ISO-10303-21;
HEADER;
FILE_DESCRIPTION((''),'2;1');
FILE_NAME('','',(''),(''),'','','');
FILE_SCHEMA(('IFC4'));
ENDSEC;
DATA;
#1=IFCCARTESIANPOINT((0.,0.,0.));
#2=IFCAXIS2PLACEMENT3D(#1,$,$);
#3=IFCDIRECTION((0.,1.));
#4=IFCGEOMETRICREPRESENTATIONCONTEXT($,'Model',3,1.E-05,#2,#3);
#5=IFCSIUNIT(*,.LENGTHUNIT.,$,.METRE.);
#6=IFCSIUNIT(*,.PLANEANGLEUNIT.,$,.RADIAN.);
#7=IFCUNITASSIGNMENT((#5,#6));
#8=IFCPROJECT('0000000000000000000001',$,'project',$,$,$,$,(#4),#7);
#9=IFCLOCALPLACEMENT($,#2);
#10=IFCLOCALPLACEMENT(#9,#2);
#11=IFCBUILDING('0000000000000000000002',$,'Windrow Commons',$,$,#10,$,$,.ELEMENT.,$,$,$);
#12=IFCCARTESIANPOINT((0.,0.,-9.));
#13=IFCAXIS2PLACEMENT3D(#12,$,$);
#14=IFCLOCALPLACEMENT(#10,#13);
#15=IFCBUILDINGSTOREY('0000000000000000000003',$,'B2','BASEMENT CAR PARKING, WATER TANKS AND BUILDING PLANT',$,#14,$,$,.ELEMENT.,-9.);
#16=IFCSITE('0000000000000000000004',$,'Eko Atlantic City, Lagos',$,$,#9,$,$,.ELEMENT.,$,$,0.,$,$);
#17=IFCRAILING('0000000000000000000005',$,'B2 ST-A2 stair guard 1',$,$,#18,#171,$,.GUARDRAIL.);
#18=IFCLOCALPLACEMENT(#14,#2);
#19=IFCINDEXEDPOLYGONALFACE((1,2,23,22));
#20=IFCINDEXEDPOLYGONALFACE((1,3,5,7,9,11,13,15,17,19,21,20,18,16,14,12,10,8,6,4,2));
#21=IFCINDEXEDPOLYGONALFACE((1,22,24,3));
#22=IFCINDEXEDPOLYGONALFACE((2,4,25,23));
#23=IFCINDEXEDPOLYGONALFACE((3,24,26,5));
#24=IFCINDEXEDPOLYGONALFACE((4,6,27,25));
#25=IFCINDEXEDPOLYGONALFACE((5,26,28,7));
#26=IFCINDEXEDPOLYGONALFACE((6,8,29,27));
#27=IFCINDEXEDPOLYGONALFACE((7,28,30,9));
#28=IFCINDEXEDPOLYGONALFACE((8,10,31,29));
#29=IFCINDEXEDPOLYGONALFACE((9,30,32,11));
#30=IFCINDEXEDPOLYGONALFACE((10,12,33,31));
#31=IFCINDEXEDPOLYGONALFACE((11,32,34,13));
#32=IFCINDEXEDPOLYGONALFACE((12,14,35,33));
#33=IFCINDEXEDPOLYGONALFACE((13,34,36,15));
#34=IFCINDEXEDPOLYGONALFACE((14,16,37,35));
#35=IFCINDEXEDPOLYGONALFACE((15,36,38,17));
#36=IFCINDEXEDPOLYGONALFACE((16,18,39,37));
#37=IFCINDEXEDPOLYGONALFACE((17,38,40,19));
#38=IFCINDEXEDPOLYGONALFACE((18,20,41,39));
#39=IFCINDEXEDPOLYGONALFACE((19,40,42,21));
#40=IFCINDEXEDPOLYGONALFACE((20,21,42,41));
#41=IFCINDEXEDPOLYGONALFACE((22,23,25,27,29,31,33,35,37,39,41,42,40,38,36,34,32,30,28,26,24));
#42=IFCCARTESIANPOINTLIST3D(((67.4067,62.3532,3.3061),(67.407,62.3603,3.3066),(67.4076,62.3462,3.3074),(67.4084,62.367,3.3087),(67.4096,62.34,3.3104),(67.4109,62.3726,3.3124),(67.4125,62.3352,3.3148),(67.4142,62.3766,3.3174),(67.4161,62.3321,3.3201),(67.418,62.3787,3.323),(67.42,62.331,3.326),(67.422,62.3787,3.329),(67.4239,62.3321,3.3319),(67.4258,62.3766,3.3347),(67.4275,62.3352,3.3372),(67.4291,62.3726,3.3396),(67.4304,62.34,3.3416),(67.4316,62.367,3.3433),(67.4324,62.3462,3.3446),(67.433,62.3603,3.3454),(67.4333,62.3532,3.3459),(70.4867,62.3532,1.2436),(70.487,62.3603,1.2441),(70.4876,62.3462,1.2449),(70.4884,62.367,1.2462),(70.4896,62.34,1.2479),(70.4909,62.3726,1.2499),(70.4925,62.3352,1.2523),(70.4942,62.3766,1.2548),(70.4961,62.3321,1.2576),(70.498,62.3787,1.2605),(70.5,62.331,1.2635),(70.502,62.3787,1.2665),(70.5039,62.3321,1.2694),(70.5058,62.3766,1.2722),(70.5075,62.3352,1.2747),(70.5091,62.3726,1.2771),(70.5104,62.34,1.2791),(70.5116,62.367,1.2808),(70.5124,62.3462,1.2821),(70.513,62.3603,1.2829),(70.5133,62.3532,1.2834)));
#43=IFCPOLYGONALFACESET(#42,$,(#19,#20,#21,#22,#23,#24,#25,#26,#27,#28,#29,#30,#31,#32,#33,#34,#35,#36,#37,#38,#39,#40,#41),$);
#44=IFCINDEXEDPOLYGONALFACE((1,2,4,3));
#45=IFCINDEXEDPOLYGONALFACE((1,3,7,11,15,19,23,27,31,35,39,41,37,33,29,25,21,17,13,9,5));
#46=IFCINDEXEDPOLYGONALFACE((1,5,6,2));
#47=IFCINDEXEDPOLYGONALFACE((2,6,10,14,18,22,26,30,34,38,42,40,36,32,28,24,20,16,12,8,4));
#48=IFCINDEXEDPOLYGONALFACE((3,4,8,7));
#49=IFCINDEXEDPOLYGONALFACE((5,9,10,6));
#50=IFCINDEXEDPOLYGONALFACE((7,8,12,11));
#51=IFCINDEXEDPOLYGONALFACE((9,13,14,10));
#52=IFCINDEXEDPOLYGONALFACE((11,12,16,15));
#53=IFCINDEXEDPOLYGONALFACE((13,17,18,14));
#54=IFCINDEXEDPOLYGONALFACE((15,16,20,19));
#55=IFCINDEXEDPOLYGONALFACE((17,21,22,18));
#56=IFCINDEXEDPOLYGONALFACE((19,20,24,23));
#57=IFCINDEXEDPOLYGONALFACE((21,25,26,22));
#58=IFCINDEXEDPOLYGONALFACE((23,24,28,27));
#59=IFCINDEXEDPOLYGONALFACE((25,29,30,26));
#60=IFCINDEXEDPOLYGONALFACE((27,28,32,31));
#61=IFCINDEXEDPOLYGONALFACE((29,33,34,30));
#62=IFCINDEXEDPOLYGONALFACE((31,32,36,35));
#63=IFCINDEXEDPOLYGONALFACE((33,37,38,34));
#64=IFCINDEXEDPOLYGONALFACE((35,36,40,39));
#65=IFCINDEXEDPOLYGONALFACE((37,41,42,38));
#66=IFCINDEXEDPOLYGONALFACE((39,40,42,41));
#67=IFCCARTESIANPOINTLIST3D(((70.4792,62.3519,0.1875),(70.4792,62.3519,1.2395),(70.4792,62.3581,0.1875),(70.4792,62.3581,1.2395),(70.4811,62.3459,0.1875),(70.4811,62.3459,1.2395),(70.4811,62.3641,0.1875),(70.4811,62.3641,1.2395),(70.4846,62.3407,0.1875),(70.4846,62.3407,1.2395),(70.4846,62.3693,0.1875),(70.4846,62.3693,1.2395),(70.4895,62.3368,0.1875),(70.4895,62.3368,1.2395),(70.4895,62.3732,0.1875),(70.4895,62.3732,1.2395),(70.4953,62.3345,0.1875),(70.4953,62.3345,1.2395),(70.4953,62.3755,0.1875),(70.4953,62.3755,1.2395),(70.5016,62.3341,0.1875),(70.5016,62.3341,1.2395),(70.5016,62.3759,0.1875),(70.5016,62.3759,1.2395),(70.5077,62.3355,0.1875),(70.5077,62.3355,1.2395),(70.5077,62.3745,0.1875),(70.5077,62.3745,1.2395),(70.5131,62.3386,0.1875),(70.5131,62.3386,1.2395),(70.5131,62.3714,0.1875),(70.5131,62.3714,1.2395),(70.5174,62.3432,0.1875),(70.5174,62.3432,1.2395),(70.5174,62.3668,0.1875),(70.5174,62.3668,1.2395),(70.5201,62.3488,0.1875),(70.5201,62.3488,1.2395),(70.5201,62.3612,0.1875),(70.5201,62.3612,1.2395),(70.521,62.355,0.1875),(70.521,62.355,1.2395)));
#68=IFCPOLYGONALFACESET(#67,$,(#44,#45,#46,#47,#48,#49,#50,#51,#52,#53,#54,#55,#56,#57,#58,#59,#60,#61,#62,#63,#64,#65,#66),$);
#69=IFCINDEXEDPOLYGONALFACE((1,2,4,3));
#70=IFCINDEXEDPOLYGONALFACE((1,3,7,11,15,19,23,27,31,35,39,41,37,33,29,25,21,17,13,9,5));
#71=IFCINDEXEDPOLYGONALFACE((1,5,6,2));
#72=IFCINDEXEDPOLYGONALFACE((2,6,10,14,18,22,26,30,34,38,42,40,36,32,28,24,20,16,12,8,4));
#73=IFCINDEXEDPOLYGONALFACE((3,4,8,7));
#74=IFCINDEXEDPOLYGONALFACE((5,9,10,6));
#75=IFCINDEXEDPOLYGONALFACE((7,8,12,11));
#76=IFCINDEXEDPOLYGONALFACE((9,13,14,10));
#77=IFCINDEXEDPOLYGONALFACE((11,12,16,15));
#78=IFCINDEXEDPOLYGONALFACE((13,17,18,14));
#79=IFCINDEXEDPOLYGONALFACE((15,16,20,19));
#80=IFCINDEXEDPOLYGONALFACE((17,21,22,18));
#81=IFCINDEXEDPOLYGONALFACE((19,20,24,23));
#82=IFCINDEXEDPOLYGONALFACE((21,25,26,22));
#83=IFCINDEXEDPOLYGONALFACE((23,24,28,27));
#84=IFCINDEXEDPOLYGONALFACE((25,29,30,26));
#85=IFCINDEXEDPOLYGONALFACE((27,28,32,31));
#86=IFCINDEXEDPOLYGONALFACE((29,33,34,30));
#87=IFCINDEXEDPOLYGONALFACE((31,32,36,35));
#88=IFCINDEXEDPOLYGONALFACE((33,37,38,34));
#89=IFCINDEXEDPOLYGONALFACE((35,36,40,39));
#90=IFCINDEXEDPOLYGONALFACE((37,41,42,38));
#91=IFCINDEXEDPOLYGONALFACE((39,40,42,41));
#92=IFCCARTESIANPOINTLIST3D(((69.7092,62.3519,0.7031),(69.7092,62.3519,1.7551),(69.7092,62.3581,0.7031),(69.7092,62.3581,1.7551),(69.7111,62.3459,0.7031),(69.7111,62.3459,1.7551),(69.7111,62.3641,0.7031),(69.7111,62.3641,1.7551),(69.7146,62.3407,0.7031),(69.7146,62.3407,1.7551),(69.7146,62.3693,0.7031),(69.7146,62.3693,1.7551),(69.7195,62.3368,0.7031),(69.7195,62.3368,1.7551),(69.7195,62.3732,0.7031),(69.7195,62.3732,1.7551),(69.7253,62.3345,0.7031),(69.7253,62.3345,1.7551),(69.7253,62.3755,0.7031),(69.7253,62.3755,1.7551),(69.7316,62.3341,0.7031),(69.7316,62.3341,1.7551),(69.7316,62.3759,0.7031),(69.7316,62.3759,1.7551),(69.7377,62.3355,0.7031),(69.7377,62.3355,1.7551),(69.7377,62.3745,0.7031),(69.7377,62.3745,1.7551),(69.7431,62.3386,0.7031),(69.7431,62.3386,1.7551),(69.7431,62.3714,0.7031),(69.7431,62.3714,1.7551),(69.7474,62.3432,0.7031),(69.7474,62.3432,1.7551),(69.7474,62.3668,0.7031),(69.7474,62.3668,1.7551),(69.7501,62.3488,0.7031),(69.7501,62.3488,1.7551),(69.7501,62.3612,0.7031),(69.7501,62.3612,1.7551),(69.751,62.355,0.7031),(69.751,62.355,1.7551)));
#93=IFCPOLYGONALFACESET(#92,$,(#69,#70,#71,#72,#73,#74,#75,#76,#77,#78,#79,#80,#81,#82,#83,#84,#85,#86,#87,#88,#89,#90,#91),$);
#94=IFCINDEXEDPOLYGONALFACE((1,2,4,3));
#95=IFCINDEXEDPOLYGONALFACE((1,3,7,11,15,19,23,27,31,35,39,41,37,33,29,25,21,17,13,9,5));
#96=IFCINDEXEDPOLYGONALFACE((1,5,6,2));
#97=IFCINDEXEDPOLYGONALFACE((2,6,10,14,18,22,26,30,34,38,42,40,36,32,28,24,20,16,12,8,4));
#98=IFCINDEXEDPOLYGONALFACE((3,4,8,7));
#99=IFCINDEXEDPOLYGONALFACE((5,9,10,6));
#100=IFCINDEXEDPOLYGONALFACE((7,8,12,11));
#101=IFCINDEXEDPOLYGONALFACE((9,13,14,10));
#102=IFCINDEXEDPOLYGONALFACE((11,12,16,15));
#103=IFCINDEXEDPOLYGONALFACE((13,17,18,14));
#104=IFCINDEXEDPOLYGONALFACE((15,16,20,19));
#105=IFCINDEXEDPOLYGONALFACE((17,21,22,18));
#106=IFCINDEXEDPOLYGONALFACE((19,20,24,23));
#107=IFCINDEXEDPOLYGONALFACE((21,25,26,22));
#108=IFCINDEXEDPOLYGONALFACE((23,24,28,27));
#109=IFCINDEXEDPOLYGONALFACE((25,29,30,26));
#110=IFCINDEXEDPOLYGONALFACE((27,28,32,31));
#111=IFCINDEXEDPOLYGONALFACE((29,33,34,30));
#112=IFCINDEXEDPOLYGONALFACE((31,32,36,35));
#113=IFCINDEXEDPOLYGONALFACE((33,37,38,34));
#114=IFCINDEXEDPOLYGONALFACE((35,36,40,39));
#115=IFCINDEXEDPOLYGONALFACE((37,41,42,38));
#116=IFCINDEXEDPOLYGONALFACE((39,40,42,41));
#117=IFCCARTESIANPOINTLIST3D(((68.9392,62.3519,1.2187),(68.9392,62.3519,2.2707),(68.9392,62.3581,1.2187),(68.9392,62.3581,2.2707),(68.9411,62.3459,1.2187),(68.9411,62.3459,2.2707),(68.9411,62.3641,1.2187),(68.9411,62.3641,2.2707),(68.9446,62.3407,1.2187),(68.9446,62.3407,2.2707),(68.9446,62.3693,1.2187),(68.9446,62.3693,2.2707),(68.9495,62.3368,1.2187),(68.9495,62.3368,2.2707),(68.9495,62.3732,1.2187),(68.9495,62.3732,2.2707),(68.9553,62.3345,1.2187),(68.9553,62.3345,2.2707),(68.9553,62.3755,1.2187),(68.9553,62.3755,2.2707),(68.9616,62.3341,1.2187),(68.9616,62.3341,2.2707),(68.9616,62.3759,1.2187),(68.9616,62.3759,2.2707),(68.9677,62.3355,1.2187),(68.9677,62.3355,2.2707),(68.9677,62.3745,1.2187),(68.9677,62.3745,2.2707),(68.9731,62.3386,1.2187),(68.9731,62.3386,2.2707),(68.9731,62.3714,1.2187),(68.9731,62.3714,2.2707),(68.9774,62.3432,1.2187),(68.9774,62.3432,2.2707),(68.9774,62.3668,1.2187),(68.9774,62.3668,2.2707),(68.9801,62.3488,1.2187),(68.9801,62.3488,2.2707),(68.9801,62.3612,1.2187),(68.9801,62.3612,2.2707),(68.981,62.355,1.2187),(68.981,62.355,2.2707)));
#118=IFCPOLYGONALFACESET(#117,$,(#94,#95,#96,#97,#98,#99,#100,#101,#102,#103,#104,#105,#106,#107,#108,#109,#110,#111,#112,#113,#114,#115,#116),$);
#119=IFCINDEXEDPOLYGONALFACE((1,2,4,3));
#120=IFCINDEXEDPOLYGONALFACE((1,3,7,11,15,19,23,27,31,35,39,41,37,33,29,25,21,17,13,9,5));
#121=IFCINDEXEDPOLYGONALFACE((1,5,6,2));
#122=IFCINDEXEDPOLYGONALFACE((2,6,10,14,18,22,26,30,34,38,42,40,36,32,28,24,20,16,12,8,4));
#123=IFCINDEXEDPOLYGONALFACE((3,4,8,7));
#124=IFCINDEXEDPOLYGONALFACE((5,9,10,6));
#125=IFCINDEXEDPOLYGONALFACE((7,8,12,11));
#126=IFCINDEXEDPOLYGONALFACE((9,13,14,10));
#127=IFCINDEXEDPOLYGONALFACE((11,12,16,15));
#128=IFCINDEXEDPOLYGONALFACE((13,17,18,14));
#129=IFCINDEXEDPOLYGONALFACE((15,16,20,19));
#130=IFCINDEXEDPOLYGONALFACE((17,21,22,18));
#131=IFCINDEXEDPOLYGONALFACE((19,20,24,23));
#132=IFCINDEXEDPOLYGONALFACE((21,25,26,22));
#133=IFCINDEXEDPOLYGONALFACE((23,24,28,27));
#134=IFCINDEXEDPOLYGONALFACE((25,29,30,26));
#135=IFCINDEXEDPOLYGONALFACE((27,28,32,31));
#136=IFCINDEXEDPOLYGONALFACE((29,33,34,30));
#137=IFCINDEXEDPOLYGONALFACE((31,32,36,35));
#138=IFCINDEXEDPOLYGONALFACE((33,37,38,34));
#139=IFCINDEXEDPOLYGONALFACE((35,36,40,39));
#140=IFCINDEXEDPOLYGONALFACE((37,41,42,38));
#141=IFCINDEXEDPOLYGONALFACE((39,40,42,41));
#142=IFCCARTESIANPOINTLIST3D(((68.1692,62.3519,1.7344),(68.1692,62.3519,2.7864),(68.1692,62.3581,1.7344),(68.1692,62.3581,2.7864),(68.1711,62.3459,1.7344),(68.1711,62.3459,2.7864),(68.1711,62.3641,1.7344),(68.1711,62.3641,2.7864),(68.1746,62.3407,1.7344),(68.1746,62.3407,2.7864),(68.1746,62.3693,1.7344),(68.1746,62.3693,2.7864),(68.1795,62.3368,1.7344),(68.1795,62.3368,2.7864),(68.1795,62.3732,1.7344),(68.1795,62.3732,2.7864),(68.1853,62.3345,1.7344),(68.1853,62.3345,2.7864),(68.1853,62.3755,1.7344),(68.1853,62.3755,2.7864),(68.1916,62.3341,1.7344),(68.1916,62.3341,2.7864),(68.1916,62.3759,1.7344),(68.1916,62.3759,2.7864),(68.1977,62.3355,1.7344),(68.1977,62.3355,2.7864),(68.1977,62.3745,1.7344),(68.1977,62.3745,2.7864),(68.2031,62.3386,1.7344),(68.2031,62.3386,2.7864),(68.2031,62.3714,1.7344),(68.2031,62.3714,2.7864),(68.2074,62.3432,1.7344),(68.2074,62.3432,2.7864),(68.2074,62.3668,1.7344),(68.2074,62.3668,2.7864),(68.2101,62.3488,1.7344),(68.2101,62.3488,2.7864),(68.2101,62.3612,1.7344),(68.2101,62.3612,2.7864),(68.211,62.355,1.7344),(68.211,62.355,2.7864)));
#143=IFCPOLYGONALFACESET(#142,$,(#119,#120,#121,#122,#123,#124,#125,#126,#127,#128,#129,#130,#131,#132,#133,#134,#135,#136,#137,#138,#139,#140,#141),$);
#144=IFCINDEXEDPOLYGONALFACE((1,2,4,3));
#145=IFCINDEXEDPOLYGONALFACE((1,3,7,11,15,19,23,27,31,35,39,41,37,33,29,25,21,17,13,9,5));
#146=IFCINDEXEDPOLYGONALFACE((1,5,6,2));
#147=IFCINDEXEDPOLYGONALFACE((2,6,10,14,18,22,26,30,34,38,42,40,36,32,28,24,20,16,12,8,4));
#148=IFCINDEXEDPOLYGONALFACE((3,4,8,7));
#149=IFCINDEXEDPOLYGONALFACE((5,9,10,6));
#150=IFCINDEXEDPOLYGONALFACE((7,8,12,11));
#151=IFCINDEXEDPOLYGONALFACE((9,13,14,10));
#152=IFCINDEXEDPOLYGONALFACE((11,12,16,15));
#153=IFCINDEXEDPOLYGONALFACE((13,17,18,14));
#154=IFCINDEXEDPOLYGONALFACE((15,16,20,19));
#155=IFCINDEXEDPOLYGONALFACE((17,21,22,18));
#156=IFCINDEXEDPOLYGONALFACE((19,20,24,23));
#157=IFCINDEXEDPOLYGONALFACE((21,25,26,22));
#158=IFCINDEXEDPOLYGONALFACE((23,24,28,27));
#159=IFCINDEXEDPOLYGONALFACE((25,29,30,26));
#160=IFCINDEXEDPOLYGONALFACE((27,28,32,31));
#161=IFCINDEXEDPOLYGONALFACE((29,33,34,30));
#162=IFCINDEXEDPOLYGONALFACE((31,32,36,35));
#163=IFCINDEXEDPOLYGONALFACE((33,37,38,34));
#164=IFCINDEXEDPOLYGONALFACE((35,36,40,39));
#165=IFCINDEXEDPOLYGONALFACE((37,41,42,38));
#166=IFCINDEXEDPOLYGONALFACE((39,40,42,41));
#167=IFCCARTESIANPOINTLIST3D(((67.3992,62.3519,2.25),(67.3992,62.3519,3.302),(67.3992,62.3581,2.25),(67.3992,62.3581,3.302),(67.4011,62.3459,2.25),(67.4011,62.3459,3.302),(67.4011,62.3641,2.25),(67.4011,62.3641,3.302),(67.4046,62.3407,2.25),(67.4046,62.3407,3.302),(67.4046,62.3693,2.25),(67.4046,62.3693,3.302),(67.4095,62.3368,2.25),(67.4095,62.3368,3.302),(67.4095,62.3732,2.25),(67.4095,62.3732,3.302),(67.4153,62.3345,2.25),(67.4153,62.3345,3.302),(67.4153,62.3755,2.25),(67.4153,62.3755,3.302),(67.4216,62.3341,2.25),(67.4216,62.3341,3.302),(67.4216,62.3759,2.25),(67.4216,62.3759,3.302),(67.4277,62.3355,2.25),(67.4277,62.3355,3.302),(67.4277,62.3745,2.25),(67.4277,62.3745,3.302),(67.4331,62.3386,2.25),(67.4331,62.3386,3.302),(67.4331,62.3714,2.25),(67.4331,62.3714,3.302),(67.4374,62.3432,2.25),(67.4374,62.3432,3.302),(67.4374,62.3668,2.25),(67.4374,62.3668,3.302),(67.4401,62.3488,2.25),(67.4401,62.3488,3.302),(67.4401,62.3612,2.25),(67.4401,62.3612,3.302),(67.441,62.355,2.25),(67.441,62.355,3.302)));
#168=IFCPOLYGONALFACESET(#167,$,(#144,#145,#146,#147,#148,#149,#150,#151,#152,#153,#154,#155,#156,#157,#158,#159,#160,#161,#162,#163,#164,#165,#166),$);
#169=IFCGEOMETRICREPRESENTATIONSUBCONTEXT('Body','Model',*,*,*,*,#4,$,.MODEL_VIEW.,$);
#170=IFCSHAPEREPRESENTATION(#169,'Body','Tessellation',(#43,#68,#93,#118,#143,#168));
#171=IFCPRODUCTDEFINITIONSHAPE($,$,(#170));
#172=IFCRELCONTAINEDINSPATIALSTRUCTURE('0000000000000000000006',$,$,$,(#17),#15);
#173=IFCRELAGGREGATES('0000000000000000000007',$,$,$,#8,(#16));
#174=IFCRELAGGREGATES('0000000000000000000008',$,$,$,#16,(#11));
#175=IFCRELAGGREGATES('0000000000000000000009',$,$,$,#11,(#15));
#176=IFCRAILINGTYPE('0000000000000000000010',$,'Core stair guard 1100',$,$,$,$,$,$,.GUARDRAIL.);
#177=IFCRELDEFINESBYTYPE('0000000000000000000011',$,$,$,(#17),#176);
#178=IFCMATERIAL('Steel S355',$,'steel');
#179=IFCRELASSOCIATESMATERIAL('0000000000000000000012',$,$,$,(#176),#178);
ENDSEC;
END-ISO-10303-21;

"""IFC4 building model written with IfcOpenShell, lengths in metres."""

from ifc_helpers import new_model, si_unit, direction, frame, origin, origin_2d, place, context, subcontext, project, spatial, circle, extrude, material, type_object, element, save


model = new_model("IFC4")

# Units and contexts
model_context = context("Model", 3, precision=1e-05, world=origin(), true_north=direction((0.0, 1.0)))
body_context = subcontext(model_context, "Body", "Model", "MODEL_VIEW")
ifc_project = project(units=[si_unit("LENGTHUNIT", "METRE"), si_unit("PLANEANGLEUNIT", "RADIAN")], contexts=[model_context])

# Site, building, storey
site_placement = place(None, origin())
site = spatial("IfcSite", under=ifc_project, at=site_placement, Name="Eko Atlantic City, Lagos", CompositionType="ELEMENT", RefElevation=0.0)
building_placement = place(site_placement, origin())
building = spatial("IfcBuilding", under=site, at=building_placement, Name="Windrow Commons", CompositionType="ELEMENT")
storey_placement = place(building_placement, frame((0.0, 0.0, -9.0)))
storey = spatial("IfcBuildingStorey", under=building, at=storey_placement, Name="B2", Description="BASEMENT CAR PARKING, WATER TANKS AND BUILDING PLANT", CompositionType="ELEMENT", Elevation=-9.0)

# Railing
ifc_material_1 = material(Name="Steel S355", Category="steel")
railing_type_1 = type_object("IfcRailingType", Name="Core stair guard 1100", PredefinedType="GUARDRAIL", material=ifc_material_1)
railing_1_placement = place(storey_placement, frame((70.5, 62.355, 0.1875)))
element("IfcRailing", 1, at=railing_1_placement, inside=storey, type_object=railing_type_1, Name="B2 ST-A2 stair guard 1", PredefinedType="GUARDRAIL", context=body_context, shape_type="SweptSolid", body=[
    extrude(circle(Radius=0.024, at=origin_2d()), frame((0.0, 0.0, 1.076), z_axis=(-0.830907, 0.0, 0.556411), x_axis=(0.0, -1.0, 0.0)), (0.0, 0.0, 1.0), 3.7068),
    extrude(circle(Radius=0.021, at=origin_2d()), origin(), (0.0, 0.0, 1.0), 1.052),
    extrude(circle(Radius=0.021, at=origin_2d()), frame((-0.77, 0.0, 0.5156)), (0.0, 0.0, 1.0), 1.052),
    extrude(circle(Radius=0.021, at=origin_2d()), frame((-1.54, 0.0, 1.0312)), (0.0, 0.0, 1.0), 1.052),
    extrude(circle(Radius=0.021, at=origin_2d()), frame((-2.31, 0.0, 1.5469)), (0.0, 0.0, 1.0), 1.052),
    extrude(circle(Radius=0.021, at=origin_2d()), frame((-3.08, 0.0, 2.0625)), (0.0, 0.0, 1.0), 1.052),
])

save(model, "model.ifc")
